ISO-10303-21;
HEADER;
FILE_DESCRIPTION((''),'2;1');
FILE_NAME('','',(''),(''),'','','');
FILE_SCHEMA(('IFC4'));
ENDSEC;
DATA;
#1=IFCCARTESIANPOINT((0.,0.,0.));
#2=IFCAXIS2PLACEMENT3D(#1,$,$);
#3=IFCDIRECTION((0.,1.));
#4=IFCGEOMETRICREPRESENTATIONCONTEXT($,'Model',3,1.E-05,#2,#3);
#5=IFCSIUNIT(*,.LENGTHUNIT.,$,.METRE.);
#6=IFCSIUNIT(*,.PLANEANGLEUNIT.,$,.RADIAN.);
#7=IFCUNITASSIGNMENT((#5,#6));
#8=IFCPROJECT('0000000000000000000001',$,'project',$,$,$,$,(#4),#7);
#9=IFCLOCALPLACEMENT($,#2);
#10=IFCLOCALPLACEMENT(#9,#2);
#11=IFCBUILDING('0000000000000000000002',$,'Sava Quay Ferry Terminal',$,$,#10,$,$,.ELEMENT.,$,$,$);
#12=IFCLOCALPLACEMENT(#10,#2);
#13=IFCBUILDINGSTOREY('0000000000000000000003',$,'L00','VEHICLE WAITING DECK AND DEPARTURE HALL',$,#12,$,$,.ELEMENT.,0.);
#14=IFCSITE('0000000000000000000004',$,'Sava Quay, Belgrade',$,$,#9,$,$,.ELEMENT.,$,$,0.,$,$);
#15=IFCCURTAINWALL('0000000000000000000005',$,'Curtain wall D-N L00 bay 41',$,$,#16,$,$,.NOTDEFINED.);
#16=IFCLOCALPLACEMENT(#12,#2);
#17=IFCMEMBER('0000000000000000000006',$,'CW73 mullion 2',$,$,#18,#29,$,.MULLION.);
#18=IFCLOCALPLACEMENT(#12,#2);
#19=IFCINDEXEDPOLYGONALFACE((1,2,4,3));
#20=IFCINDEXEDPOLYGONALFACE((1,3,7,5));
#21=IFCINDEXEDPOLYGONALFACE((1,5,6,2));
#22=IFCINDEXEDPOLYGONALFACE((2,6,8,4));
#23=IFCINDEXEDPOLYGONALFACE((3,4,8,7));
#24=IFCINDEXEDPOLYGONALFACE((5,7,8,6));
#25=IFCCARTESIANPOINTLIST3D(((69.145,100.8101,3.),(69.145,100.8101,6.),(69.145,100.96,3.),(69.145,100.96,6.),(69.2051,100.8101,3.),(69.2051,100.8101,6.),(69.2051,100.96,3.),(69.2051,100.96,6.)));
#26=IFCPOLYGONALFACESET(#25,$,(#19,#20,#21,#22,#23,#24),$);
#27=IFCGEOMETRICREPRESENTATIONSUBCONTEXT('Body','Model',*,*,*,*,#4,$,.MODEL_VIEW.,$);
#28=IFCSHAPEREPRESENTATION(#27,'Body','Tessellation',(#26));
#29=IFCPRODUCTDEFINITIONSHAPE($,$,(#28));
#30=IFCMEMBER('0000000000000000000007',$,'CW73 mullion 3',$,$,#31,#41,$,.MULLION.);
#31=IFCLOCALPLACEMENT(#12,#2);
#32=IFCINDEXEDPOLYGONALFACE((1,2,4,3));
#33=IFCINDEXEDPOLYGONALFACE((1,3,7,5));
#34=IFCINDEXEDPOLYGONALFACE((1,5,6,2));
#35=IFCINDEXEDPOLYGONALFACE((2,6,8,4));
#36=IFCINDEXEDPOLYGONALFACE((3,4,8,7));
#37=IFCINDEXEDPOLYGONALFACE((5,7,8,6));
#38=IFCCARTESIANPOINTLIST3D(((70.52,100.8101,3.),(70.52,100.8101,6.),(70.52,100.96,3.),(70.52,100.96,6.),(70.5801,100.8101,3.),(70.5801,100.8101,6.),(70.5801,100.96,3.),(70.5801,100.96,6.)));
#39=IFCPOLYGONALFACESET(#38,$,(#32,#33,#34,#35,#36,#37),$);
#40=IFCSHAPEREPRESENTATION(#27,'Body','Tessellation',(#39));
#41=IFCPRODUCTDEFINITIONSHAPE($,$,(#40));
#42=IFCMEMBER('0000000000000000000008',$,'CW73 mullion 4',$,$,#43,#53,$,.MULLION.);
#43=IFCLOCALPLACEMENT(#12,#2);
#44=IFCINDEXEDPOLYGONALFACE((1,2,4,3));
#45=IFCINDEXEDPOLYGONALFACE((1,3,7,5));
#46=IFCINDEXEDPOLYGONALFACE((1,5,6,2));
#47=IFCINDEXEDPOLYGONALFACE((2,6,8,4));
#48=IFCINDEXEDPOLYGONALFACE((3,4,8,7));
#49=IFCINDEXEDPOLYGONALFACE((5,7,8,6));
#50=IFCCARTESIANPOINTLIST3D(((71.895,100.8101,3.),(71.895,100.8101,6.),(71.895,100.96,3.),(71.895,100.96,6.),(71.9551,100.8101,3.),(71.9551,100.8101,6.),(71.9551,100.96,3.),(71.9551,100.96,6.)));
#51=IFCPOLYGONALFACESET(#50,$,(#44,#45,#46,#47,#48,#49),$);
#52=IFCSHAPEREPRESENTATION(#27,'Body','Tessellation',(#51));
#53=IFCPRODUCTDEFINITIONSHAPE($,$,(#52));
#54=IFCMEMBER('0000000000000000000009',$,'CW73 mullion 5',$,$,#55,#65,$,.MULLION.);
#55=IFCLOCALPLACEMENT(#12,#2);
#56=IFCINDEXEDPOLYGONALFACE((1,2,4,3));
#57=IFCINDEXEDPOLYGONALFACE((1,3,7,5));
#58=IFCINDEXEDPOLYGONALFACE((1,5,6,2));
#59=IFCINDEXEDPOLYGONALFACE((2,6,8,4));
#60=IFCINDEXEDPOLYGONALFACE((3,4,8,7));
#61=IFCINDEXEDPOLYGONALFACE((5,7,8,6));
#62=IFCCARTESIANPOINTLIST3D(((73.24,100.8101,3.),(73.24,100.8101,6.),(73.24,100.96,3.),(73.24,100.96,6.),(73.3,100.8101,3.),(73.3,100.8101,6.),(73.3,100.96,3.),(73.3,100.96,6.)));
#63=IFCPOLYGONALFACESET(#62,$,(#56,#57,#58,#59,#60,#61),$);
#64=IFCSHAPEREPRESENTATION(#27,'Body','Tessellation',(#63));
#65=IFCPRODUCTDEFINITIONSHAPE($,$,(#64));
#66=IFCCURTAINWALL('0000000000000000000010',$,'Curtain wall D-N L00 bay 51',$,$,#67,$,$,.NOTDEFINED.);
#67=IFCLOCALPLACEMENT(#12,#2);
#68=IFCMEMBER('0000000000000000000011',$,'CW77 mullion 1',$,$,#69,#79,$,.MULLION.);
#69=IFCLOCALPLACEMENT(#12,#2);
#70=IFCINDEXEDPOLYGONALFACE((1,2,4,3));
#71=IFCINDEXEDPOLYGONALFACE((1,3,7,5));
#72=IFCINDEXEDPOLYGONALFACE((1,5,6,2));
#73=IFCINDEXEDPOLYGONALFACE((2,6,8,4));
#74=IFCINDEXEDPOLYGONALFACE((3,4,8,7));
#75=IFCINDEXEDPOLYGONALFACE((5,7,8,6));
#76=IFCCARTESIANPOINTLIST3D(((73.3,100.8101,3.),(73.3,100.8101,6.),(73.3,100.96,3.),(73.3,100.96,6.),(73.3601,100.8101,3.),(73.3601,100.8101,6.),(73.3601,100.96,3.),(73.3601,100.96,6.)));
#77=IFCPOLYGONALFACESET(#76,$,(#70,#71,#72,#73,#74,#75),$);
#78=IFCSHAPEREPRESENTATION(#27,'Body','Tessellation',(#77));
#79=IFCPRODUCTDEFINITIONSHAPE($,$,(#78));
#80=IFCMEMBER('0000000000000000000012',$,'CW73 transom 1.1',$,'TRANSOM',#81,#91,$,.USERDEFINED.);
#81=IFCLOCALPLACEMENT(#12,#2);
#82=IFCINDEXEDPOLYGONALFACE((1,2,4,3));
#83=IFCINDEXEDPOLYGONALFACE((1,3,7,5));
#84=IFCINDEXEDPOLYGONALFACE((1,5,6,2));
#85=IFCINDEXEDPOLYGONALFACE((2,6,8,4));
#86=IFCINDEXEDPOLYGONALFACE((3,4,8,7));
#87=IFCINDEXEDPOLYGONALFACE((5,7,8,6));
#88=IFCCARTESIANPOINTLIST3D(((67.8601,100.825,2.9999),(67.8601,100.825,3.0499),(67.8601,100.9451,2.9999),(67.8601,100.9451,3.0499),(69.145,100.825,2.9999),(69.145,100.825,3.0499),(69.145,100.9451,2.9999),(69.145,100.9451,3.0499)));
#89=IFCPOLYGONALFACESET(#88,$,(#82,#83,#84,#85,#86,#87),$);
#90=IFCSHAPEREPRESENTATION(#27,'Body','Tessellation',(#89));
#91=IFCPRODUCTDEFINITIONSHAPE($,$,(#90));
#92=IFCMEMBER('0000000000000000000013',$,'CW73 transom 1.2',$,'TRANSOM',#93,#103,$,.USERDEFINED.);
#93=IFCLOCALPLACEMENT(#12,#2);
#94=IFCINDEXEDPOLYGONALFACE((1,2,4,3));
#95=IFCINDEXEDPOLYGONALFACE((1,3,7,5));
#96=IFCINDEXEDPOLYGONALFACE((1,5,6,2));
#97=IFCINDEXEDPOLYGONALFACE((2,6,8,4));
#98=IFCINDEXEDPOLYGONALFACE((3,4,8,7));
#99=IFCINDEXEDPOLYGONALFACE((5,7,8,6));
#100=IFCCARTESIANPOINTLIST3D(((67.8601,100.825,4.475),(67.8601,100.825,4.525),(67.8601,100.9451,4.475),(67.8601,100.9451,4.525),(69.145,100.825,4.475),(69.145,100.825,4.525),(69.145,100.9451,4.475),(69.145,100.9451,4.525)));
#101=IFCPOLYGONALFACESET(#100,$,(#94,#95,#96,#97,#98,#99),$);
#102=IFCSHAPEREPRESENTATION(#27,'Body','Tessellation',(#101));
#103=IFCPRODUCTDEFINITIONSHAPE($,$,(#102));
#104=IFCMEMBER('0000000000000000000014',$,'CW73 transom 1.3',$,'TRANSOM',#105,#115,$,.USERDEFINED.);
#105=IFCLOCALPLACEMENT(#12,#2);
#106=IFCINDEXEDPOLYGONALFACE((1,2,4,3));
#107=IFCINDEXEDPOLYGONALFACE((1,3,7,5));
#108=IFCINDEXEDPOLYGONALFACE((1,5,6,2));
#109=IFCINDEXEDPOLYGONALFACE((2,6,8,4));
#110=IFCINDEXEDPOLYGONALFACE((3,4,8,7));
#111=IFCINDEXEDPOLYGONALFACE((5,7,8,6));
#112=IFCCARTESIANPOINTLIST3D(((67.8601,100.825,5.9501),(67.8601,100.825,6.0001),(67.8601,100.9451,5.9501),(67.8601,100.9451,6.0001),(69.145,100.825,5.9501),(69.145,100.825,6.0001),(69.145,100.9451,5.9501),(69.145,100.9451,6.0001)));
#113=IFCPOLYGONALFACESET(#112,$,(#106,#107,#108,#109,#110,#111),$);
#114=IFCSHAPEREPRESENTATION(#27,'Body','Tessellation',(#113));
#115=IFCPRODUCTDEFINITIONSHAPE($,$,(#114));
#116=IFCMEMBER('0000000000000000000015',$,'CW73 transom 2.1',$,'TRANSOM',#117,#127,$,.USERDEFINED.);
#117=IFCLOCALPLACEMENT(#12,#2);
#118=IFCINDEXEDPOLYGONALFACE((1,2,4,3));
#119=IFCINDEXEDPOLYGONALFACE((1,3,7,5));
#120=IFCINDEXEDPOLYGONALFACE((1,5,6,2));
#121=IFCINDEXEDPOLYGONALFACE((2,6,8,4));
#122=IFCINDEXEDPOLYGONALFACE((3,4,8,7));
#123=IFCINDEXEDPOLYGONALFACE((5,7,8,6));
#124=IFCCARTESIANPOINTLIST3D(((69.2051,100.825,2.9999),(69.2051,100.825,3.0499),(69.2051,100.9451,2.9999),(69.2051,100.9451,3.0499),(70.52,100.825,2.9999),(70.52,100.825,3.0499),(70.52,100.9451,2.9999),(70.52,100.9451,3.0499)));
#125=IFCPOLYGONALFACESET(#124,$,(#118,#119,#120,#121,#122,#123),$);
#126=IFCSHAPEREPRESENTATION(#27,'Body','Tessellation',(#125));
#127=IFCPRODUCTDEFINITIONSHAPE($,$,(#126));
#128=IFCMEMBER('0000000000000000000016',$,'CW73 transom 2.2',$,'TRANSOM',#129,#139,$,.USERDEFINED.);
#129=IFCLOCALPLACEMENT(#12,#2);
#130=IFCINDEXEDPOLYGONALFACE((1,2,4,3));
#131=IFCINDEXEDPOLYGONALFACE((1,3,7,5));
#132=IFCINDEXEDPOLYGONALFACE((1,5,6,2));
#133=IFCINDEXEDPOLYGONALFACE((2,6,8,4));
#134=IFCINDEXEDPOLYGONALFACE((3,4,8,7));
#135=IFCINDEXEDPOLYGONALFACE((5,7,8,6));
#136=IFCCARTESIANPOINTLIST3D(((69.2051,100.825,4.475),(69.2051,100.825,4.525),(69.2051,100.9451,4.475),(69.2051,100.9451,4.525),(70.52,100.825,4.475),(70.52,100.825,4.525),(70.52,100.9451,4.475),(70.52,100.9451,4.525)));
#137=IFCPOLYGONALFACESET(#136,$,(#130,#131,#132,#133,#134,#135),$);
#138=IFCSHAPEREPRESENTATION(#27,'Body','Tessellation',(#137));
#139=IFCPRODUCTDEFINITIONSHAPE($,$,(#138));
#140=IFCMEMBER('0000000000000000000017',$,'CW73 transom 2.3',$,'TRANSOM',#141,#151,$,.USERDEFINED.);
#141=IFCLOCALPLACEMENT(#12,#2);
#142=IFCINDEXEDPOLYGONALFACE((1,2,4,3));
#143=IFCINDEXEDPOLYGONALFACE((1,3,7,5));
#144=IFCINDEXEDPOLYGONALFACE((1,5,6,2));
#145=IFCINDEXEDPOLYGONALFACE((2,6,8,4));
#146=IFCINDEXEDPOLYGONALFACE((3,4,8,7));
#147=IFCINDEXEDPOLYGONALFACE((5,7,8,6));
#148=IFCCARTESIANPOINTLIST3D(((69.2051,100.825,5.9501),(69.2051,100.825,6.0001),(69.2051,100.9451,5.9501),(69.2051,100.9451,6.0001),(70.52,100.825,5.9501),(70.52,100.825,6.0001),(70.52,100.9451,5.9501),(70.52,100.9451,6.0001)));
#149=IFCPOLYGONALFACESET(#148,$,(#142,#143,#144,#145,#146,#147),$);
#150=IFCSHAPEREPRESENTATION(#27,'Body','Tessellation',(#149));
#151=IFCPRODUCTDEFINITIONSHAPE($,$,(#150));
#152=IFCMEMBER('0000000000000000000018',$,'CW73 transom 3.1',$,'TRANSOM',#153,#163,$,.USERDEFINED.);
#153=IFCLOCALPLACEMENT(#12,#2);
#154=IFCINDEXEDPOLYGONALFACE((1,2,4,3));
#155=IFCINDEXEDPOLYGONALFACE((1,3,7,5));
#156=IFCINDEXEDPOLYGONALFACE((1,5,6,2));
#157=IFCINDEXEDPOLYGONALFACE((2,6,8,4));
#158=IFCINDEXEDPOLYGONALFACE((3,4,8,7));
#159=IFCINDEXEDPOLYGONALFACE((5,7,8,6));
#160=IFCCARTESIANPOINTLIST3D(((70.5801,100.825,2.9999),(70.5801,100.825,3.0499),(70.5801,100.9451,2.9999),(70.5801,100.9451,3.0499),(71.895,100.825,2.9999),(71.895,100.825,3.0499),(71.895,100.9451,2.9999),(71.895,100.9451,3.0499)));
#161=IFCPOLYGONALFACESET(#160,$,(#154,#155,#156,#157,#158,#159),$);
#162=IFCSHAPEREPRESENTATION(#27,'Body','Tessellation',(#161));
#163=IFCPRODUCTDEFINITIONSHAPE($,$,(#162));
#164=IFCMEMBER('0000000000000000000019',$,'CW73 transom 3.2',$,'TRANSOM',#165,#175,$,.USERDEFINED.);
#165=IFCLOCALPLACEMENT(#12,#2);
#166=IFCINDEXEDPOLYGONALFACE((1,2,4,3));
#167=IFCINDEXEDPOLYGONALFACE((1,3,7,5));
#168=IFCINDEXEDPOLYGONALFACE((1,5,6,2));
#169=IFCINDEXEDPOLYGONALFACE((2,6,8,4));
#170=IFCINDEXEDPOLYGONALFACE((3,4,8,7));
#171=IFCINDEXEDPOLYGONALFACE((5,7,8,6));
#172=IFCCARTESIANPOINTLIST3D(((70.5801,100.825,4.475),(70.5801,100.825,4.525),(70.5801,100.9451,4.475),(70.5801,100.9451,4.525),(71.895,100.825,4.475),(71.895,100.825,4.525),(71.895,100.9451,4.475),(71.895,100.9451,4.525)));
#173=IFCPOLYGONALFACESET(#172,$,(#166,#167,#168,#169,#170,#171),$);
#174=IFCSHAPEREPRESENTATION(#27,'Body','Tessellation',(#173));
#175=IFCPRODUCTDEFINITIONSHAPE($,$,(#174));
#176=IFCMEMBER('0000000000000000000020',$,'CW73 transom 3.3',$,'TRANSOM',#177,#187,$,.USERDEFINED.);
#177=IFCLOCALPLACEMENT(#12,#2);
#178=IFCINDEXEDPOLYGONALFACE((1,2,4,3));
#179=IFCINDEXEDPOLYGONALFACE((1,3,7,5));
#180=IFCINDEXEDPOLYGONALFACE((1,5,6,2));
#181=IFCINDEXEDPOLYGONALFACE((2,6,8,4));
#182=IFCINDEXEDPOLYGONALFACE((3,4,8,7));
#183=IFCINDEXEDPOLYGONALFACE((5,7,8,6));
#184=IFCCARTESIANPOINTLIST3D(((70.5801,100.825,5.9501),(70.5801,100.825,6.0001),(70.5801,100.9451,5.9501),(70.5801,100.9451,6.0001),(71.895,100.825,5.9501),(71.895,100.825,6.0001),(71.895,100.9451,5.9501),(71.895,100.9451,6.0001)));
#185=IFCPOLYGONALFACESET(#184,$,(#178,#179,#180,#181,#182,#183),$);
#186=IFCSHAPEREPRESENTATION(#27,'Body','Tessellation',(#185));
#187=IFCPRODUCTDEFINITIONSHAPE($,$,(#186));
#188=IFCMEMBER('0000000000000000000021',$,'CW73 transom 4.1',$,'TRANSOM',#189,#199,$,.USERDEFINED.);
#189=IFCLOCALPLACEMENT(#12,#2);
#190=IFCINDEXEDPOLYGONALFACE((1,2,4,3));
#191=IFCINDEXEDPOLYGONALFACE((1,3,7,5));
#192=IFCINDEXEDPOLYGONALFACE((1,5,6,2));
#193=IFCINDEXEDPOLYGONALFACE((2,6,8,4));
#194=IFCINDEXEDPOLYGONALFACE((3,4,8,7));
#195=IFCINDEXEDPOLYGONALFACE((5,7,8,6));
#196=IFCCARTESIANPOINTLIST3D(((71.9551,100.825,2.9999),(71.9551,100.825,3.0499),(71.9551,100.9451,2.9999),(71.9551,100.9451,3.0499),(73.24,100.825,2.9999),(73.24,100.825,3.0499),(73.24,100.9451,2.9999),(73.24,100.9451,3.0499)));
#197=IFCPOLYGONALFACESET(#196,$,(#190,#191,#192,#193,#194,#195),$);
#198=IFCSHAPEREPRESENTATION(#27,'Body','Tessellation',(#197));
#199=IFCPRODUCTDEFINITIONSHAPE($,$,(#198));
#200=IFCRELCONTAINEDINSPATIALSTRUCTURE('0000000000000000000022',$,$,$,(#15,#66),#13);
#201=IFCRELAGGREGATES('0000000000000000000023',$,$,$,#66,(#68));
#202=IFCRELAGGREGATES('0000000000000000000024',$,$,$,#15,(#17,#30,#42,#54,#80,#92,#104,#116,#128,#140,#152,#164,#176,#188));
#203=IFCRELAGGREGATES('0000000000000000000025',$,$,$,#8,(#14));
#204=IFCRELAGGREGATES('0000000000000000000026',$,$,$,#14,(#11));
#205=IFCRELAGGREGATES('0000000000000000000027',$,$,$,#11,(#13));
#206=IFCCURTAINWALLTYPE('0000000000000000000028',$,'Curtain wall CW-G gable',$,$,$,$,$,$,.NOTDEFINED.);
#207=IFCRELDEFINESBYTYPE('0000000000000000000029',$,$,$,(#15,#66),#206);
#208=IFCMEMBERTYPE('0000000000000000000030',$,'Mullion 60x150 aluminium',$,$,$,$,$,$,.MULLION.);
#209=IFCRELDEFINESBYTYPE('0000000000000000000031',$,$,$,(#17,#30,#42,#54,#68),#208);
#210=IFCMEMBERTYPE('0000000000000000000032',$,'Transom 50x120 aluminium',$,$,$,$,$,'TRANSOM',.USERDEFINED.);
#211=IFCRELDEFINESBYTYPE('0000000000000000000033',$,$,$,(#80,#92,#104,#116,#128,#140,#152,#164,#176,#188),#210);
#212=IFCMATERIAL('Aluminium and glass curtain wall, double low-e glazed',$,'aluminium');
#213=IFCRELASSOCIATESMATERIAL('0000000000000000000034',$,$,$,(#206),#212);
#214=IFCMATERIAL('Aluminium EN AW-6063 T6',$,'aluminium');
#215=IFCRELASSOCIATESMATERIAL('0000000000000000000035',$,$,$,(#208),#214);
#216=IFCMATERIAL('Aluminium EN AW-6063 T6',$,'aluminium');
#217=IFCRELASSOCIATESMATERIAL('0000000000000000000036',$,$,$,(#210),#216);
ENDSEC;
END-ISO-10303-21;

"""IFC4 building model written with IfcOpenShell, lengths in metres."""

from ifc_helpers import new_model, si_unit, direction, frame, origin, origin_2d, place, context, subcontext, project, spatial, rectangle, extrude, material, material_profile, profile_set, type_object, element, aggregate, save


model = new_model("IFC4")

# Units and contexts
model_context = context("Model", 3, precision=1e-05, world=origin(), true_north=direction((0.0, 1.0)))
body_context = subcontext(model_context, "Body", "Model", "MODEL_VIEW")
ifc_project = project(units=[si_unit("LENGTHUNIT", "METRE"), si_unit("PLANEANGLEUNIT", "RADIAN")], contexts=[model_context])

# Site, building, storey
site_placement = place(None, origin())
site = spatial("IfcSite", under=ifc_project, at=site_placement, Name="Sava Quay, Belgrade", CompositionType="ELEMENT", RefElevation=0.0)
building_placement = place(site_placement, origin())
building = spatial("IfcBuilding", under=site, at=building_placement, Name="Sava Quay Ferry Terminal", CompositionType="ELEMENT")
storey_placement = place(building_placement, origin())
storey = spatial("IfcBuildingStorey", under=building, at=storey_placement, Name="L00", Description="VEHICLE WAITING DECK AND DEPARTURE HALL", CompositionType="ELEMENT", Elevation=0.0)

# Curtain wall, members
ifc_material_1 = material(Name="Aluminium and glass curtain wall, double low-e glazed", Category="aluminium")
curtain_wall_type = type_object("IfcCurtainWallType", Name="Curtain wall CW-G gable", PredefinedType="NOTDEFINED", material=ifc_material_1)
curtain_wall_1_placement = place(storey_placement, origin())
curtain_wall_1 = element("IfcCurtainWall", 1, at=curtain_wall_1_placement, inside=storey, type_object=curtain_wall_type, Name="Curtain wall D-N L00 bay 41", PredefinedType="NOTDEFINED")
ifc_material_2 = material(Name="Aluminium EN AW-6063 T6", Category="aluminium")
ifc_material_profile_1 = material_profile(ifc_material_2, rectangle(XDim=0.1499, YDim=0.0601, at=origin_2d()), Name="Mullion 60x150 aluminium")
ifc_profile_set_1 = profile_set([ifc_material_profile_1], Name="Aluminium EN AW-6063 T6")
member_type_1 = type_object("IfcMemberType", Name="Mullion 60x150 aluminium", PredefinedType="MULLION", material=ifc_profile_set_1)
member_1_placement = place(storey_placement, frame((69.175, 100.885, 3.0), z_axis=(0.0, 0.0, 1.0), x_axis=(0.0, 1.0, 0.0)))
member_1 = element("IfcMember", 2, at=member_1_placement, type_object=member_type_1, Name="CW73 mullion 2", PredefinedType="MULLION", context=body_context, shape_type="SweptSolid", body=[
    extrude(rectangle(XDim=0.1499, YDim=0.0601, at=origin_2d()), origin(), (0.0, 0.0, 1.0), 3.0),
])
member_2_placement = place(storey_placement, frame((70.55, 100.885, 3.0), z_axis=(0.0, 0.0, 1.0), x_axis=(0.0, 1.0, 0.0)))
member_2 = element("IfcMember", 3, at=member_2_placement, type_object=member_type_1, Name="CW73 mullion 3", PredefinedType="MULLION", context=body_context, shape_type="SweptSolid", body=[
    extrude(rectangle(XDim=0.1499, YDim=0.0601, at=origin_2d()), origin(), (0.0, 0.0, 1.0), 3.0),
])
member_3_placement = place(storey_placement, frame((71.925, 100.885, 3.0), z_axis=(0.0, 0.0, 1.0), x_axis=(0.0, 1.0, 0.0)))
member_3 = element("IfcMember", 4, at=member_3_placement, type_object=member_type_1, Name="CW73 mullion 4", PredefinedType="MULLION", context=body_context, shape_type="SweptSolid", body=[
    extrude(rectangle(XDim=0.1499, YDim=0.0601, at=origin_2d()), origin(), (0.0, 0.0, 1.0), 3.0),
])
member_4_placement = place(storey_placement, frame((73.27, 100.885, 3.0), z_axis=(0.0, 0.0, 1.0), x_axis=(0.0, 1.0, 0.0)))
member_4 = element("IfcMember", 5, at=member_4_placement, type_object=member_type_1, Name="CW73 mullion 5", PredefinedType="MULLION", context=body_context, shape_type="SweptSolid", body=[
    extrude(rectangle(XDim=0.1499, YDim=0.0601, at=origin_2d()), origin(), (0.0, 0.0, 1.0), 3.0),
])

# Curtain wall, member
curtain_wall_2_placement = place(storey_placement, origin())
curtain_wall_2 = element("IfcCurtainWall", 6, at=curtain_wall_2_placement, inside=storey, type_object=curtain_wall_type, Name="Curtain wall D-N L00 bay 51", PredefinedType="NOTDEFINED")
member_5_placement = place(storey_placement, frame((73.3301, 100.885, 3.0), z_axis=(0.0, 0.0, 1.0), x_axis=(0.0, 1.0, 0.0)))
member_5 = element("IfcMember", 7, at=member_5_placement, type_object=member_type_1, Name="CW77 mullion 1", PredefinedType="MULLION", context=body_context, shape_type="SweptSolid", body=[
    extrude(rectangle(XDim=0.1499, YDim=0.0601, at=origin_2d()), origin(), (0.0, 0.0, 1.0), 3.0),
])
aggregate(curtain_wall_2, [member_5])

# Members
ifc_material_3 = material(Name="Aluminium EN AW-6063 T6", Category="aluminium")
ifc_material_profile_2 = material_profile(ifc_material_3, rectangle(XDim=0.1201, YDim=0.05, at=origin_2d()), Name="Transom 50x120 aluminium")
ifc_profile_set_2 = profile_set([ifc_material_profile_2], Name="Aluminium EN AW-6063 T6")
member_type_2 = type_object("IfcMemberType", Name="Transom 50x120 aluminium", ElementType="TRANSOM", PredefinedType="USERDEFINED", material=ifc_profile_set_2)
member_6_placement = place(storey_placement, frame((67.8601, 100.885, 3.0249), z_axis=(1.0, 0.0, 0.0), x_axis=(0.0, 1.0, 0.0)))
member_6 = element("IfcMember", 8, at=member_6_placement, type_object=member_type_2, Name="CW73 transom 1.1", ObjectType="TRANSOM", PredefinedType="USERDEFINED", context=body_context, shape_type="SweptSolid", body=[
    extrude(rectangle(XDim=0.1201, YDim=0.05, at=origin_2d()), origin(), (0.0, 0.0, 1.0), 1.2849),
])
member_7_placement = place(storey_placement, frame((67.8601, 100.885, 4.5), z_axis=(1.0, 0.0, 0.0), x_axis=(0.0, 1.0, 0.0)))
member_7 = element("IfcMember", 9, at=member_7_placement, type_object=member_type_2, Name="CW73 transom 1.2", ObjectType="TRANSOM", PredefinedType="USERDEFINED", context=body_context, shape_type="SweptSolid", body=[
    extrude(rectangle(XDim=0.1201, YDim=0.05, at=origin_2d()), origin(), (0.0, 0.0, 1.0), 1.2849),
])
member_8_placement = place(storey_placement, frame((67.8601, 100.885, 5.9751), z_axis=(1.0, 0.0, 0.0), x_axis=(0.0, 1.0, 0.0)))
member_8 = element("IfcMember", 10, at=member_8_placement, type_object=member_type_2, Name="CW73 transom 1.3", ObjectType="TRANSOM", PredefinedType="USERDEFINED", context=body_context, shape_type="SweptSolid", body=[
    extrude(rectangle(XDim=0.1201, YDim=0.05, at=origin_2d()), origin(), (0.0, 0.0, 1.0), 1.2849),
])
member_9_placement = place(storey_placement, frame((69.2051, 100.885, 3.0249), z_axis=(1.0, 0.0, 0.0), x_axis=(0.0, 1.0, 0.0)))
member_9 = element("IfcMember", 11, at=member_9_placement, type_object=member_type_2, Name="CW73 transom 2.1", ObjectType="TRANSOM", PredefinedType="USERDEFINED", context=body_context, shape_type="SweptSolid", body=[
    extrude(rectangle(XDim=0.1201, YDim=0.05, at=origin_2d()), origin(), (0.0, 0.0, 1.0), 1.3149),
])
member_10_placement = place(storey_placement, frame((69.2051, 100.885, 4.5), z_axis=(1.0, 0.0, 0.0), x_axis=(0.0, 1.0, 0.0)))
member_10 = element("IfcMember", 12, at=member_10_placement, type_object=member_type_2, Name="CW73 transom 2.2", ObjectType="TRANSOM", PredefinedType="USERDEFINED", context=body_context, shape_type="SweptSolid", body=[
    extrude(rectangle(XDim=0.1201, YDim=0.05, at=origin_2d()), origin(), (0.0, 0.0, 1.0), 1.3149),
])
member_11_placement = place(storey_placement, frame((69.2051, 100.885, 5.9751), z_axis=(1.0, 0.0, 0.0), x_axis=(0.0, 1.0, 0.0)))
member_11 = element("IfcMember", 13, at=member_11_placement, type_object=member_type_2, Name="CW73 transom 2.3", ObjectType="TRANSOM", PredefinedType="USERDEFINED", context=body_context, shape_type="SweptSolid", body=[
    extrude(rectangle(XDim=0.1201, YDim=0.05, at=origin_2d()), origin(), (0.0, 0.0, 1.0), 1.3149),
])
member_12_placement = place(storey_placement, frame((70.5801, 100.885, 3.0249), z_axis=(1.0, 0.0, 0.0), x_axis=(0.0, 1.0, 0.0)))
member_12 = element("IfcMember", 14, at=member_12_placement, type_object=member_type_2, Name="CW73 transom 3.1", ObjectType="TRANSOM", PredefinedType="USERDEFINED", context=body_context, shape_type="SweptSolid", body=[
    extrude(rectangle(XDim=0.1201, YDim=0.05, at=origin_2d()), origin(), (0.0, 0.0, 1.0), 1.3149),
])
member_13_placement = place(storey_placement, frame((70.5801, 100.885, 4.5), z_axis=(1.0, 0.0, 0.0), x_axis=(0.0, 1.0, 0.0)))
member_13 = element("IfcMember", 15, at=member_13_placement, type_object=member_type_2, Name="CW73 transom 3.2", ObjectType="TRANSOM", PredefinedType="USERDEFINED", context=body_context, shape_type="SweptSolid", body=[
    extrude(rectangle(XDim=0.1201, YDim=0.05, at=origin_2d()), origin(), (0.0, 0.0, 1.0), 1.3149),
])
member_14_placement = place(storey_placement, frame((70.5801, 100.885, 5.9751), z_axis=(1.0, 0.0, 0.0), x_axis=(0.0, 1.0, 0.0)))
member_14 = element("IfcMember", 16, at=member_14_placement, type_object=member_type_2, Name="CW73 transom 3.3", ObjectType="TRANSOM", PredefinedType="USERDEFINED", context=body_context, shape_type="SweptSolid", body=[
    extrude(rectangle(XDim=0.1201, YDim=0.05, at=origin_2d()), origin(), (0.0, 0.0, 1.0), 1.3149),
])
member_15_placement = place(storey_placement, frame((71.9551, 100.885, 3.0249), z_axis=(1.0, 0.0, 0.0), x_axis=(0.0, 1.0, 0.0)))
member_15 = element("IfcMember", 17, at=member_15_placement, type_object=member_type_2, Name="CW73 transom 4.1", ObjectType="TRANSOM", PredefinedType="USERDEFINED", context=body_context, shape_type="SweptSolid", body=[
    extrude(rectangle(XDim=0.1201, YDim=0.05, at=origin_2d()), origin(), (0.0, 0.0, 1.0), 1.2849),
])

aggregate(curtain_wall_1, [member_1, member_2, member_3, member_4, member_6, member_7, member_8, member_9, member_10, member_11, member_12, member_13, member_14, member_15])

save(model, "model.ifc")
